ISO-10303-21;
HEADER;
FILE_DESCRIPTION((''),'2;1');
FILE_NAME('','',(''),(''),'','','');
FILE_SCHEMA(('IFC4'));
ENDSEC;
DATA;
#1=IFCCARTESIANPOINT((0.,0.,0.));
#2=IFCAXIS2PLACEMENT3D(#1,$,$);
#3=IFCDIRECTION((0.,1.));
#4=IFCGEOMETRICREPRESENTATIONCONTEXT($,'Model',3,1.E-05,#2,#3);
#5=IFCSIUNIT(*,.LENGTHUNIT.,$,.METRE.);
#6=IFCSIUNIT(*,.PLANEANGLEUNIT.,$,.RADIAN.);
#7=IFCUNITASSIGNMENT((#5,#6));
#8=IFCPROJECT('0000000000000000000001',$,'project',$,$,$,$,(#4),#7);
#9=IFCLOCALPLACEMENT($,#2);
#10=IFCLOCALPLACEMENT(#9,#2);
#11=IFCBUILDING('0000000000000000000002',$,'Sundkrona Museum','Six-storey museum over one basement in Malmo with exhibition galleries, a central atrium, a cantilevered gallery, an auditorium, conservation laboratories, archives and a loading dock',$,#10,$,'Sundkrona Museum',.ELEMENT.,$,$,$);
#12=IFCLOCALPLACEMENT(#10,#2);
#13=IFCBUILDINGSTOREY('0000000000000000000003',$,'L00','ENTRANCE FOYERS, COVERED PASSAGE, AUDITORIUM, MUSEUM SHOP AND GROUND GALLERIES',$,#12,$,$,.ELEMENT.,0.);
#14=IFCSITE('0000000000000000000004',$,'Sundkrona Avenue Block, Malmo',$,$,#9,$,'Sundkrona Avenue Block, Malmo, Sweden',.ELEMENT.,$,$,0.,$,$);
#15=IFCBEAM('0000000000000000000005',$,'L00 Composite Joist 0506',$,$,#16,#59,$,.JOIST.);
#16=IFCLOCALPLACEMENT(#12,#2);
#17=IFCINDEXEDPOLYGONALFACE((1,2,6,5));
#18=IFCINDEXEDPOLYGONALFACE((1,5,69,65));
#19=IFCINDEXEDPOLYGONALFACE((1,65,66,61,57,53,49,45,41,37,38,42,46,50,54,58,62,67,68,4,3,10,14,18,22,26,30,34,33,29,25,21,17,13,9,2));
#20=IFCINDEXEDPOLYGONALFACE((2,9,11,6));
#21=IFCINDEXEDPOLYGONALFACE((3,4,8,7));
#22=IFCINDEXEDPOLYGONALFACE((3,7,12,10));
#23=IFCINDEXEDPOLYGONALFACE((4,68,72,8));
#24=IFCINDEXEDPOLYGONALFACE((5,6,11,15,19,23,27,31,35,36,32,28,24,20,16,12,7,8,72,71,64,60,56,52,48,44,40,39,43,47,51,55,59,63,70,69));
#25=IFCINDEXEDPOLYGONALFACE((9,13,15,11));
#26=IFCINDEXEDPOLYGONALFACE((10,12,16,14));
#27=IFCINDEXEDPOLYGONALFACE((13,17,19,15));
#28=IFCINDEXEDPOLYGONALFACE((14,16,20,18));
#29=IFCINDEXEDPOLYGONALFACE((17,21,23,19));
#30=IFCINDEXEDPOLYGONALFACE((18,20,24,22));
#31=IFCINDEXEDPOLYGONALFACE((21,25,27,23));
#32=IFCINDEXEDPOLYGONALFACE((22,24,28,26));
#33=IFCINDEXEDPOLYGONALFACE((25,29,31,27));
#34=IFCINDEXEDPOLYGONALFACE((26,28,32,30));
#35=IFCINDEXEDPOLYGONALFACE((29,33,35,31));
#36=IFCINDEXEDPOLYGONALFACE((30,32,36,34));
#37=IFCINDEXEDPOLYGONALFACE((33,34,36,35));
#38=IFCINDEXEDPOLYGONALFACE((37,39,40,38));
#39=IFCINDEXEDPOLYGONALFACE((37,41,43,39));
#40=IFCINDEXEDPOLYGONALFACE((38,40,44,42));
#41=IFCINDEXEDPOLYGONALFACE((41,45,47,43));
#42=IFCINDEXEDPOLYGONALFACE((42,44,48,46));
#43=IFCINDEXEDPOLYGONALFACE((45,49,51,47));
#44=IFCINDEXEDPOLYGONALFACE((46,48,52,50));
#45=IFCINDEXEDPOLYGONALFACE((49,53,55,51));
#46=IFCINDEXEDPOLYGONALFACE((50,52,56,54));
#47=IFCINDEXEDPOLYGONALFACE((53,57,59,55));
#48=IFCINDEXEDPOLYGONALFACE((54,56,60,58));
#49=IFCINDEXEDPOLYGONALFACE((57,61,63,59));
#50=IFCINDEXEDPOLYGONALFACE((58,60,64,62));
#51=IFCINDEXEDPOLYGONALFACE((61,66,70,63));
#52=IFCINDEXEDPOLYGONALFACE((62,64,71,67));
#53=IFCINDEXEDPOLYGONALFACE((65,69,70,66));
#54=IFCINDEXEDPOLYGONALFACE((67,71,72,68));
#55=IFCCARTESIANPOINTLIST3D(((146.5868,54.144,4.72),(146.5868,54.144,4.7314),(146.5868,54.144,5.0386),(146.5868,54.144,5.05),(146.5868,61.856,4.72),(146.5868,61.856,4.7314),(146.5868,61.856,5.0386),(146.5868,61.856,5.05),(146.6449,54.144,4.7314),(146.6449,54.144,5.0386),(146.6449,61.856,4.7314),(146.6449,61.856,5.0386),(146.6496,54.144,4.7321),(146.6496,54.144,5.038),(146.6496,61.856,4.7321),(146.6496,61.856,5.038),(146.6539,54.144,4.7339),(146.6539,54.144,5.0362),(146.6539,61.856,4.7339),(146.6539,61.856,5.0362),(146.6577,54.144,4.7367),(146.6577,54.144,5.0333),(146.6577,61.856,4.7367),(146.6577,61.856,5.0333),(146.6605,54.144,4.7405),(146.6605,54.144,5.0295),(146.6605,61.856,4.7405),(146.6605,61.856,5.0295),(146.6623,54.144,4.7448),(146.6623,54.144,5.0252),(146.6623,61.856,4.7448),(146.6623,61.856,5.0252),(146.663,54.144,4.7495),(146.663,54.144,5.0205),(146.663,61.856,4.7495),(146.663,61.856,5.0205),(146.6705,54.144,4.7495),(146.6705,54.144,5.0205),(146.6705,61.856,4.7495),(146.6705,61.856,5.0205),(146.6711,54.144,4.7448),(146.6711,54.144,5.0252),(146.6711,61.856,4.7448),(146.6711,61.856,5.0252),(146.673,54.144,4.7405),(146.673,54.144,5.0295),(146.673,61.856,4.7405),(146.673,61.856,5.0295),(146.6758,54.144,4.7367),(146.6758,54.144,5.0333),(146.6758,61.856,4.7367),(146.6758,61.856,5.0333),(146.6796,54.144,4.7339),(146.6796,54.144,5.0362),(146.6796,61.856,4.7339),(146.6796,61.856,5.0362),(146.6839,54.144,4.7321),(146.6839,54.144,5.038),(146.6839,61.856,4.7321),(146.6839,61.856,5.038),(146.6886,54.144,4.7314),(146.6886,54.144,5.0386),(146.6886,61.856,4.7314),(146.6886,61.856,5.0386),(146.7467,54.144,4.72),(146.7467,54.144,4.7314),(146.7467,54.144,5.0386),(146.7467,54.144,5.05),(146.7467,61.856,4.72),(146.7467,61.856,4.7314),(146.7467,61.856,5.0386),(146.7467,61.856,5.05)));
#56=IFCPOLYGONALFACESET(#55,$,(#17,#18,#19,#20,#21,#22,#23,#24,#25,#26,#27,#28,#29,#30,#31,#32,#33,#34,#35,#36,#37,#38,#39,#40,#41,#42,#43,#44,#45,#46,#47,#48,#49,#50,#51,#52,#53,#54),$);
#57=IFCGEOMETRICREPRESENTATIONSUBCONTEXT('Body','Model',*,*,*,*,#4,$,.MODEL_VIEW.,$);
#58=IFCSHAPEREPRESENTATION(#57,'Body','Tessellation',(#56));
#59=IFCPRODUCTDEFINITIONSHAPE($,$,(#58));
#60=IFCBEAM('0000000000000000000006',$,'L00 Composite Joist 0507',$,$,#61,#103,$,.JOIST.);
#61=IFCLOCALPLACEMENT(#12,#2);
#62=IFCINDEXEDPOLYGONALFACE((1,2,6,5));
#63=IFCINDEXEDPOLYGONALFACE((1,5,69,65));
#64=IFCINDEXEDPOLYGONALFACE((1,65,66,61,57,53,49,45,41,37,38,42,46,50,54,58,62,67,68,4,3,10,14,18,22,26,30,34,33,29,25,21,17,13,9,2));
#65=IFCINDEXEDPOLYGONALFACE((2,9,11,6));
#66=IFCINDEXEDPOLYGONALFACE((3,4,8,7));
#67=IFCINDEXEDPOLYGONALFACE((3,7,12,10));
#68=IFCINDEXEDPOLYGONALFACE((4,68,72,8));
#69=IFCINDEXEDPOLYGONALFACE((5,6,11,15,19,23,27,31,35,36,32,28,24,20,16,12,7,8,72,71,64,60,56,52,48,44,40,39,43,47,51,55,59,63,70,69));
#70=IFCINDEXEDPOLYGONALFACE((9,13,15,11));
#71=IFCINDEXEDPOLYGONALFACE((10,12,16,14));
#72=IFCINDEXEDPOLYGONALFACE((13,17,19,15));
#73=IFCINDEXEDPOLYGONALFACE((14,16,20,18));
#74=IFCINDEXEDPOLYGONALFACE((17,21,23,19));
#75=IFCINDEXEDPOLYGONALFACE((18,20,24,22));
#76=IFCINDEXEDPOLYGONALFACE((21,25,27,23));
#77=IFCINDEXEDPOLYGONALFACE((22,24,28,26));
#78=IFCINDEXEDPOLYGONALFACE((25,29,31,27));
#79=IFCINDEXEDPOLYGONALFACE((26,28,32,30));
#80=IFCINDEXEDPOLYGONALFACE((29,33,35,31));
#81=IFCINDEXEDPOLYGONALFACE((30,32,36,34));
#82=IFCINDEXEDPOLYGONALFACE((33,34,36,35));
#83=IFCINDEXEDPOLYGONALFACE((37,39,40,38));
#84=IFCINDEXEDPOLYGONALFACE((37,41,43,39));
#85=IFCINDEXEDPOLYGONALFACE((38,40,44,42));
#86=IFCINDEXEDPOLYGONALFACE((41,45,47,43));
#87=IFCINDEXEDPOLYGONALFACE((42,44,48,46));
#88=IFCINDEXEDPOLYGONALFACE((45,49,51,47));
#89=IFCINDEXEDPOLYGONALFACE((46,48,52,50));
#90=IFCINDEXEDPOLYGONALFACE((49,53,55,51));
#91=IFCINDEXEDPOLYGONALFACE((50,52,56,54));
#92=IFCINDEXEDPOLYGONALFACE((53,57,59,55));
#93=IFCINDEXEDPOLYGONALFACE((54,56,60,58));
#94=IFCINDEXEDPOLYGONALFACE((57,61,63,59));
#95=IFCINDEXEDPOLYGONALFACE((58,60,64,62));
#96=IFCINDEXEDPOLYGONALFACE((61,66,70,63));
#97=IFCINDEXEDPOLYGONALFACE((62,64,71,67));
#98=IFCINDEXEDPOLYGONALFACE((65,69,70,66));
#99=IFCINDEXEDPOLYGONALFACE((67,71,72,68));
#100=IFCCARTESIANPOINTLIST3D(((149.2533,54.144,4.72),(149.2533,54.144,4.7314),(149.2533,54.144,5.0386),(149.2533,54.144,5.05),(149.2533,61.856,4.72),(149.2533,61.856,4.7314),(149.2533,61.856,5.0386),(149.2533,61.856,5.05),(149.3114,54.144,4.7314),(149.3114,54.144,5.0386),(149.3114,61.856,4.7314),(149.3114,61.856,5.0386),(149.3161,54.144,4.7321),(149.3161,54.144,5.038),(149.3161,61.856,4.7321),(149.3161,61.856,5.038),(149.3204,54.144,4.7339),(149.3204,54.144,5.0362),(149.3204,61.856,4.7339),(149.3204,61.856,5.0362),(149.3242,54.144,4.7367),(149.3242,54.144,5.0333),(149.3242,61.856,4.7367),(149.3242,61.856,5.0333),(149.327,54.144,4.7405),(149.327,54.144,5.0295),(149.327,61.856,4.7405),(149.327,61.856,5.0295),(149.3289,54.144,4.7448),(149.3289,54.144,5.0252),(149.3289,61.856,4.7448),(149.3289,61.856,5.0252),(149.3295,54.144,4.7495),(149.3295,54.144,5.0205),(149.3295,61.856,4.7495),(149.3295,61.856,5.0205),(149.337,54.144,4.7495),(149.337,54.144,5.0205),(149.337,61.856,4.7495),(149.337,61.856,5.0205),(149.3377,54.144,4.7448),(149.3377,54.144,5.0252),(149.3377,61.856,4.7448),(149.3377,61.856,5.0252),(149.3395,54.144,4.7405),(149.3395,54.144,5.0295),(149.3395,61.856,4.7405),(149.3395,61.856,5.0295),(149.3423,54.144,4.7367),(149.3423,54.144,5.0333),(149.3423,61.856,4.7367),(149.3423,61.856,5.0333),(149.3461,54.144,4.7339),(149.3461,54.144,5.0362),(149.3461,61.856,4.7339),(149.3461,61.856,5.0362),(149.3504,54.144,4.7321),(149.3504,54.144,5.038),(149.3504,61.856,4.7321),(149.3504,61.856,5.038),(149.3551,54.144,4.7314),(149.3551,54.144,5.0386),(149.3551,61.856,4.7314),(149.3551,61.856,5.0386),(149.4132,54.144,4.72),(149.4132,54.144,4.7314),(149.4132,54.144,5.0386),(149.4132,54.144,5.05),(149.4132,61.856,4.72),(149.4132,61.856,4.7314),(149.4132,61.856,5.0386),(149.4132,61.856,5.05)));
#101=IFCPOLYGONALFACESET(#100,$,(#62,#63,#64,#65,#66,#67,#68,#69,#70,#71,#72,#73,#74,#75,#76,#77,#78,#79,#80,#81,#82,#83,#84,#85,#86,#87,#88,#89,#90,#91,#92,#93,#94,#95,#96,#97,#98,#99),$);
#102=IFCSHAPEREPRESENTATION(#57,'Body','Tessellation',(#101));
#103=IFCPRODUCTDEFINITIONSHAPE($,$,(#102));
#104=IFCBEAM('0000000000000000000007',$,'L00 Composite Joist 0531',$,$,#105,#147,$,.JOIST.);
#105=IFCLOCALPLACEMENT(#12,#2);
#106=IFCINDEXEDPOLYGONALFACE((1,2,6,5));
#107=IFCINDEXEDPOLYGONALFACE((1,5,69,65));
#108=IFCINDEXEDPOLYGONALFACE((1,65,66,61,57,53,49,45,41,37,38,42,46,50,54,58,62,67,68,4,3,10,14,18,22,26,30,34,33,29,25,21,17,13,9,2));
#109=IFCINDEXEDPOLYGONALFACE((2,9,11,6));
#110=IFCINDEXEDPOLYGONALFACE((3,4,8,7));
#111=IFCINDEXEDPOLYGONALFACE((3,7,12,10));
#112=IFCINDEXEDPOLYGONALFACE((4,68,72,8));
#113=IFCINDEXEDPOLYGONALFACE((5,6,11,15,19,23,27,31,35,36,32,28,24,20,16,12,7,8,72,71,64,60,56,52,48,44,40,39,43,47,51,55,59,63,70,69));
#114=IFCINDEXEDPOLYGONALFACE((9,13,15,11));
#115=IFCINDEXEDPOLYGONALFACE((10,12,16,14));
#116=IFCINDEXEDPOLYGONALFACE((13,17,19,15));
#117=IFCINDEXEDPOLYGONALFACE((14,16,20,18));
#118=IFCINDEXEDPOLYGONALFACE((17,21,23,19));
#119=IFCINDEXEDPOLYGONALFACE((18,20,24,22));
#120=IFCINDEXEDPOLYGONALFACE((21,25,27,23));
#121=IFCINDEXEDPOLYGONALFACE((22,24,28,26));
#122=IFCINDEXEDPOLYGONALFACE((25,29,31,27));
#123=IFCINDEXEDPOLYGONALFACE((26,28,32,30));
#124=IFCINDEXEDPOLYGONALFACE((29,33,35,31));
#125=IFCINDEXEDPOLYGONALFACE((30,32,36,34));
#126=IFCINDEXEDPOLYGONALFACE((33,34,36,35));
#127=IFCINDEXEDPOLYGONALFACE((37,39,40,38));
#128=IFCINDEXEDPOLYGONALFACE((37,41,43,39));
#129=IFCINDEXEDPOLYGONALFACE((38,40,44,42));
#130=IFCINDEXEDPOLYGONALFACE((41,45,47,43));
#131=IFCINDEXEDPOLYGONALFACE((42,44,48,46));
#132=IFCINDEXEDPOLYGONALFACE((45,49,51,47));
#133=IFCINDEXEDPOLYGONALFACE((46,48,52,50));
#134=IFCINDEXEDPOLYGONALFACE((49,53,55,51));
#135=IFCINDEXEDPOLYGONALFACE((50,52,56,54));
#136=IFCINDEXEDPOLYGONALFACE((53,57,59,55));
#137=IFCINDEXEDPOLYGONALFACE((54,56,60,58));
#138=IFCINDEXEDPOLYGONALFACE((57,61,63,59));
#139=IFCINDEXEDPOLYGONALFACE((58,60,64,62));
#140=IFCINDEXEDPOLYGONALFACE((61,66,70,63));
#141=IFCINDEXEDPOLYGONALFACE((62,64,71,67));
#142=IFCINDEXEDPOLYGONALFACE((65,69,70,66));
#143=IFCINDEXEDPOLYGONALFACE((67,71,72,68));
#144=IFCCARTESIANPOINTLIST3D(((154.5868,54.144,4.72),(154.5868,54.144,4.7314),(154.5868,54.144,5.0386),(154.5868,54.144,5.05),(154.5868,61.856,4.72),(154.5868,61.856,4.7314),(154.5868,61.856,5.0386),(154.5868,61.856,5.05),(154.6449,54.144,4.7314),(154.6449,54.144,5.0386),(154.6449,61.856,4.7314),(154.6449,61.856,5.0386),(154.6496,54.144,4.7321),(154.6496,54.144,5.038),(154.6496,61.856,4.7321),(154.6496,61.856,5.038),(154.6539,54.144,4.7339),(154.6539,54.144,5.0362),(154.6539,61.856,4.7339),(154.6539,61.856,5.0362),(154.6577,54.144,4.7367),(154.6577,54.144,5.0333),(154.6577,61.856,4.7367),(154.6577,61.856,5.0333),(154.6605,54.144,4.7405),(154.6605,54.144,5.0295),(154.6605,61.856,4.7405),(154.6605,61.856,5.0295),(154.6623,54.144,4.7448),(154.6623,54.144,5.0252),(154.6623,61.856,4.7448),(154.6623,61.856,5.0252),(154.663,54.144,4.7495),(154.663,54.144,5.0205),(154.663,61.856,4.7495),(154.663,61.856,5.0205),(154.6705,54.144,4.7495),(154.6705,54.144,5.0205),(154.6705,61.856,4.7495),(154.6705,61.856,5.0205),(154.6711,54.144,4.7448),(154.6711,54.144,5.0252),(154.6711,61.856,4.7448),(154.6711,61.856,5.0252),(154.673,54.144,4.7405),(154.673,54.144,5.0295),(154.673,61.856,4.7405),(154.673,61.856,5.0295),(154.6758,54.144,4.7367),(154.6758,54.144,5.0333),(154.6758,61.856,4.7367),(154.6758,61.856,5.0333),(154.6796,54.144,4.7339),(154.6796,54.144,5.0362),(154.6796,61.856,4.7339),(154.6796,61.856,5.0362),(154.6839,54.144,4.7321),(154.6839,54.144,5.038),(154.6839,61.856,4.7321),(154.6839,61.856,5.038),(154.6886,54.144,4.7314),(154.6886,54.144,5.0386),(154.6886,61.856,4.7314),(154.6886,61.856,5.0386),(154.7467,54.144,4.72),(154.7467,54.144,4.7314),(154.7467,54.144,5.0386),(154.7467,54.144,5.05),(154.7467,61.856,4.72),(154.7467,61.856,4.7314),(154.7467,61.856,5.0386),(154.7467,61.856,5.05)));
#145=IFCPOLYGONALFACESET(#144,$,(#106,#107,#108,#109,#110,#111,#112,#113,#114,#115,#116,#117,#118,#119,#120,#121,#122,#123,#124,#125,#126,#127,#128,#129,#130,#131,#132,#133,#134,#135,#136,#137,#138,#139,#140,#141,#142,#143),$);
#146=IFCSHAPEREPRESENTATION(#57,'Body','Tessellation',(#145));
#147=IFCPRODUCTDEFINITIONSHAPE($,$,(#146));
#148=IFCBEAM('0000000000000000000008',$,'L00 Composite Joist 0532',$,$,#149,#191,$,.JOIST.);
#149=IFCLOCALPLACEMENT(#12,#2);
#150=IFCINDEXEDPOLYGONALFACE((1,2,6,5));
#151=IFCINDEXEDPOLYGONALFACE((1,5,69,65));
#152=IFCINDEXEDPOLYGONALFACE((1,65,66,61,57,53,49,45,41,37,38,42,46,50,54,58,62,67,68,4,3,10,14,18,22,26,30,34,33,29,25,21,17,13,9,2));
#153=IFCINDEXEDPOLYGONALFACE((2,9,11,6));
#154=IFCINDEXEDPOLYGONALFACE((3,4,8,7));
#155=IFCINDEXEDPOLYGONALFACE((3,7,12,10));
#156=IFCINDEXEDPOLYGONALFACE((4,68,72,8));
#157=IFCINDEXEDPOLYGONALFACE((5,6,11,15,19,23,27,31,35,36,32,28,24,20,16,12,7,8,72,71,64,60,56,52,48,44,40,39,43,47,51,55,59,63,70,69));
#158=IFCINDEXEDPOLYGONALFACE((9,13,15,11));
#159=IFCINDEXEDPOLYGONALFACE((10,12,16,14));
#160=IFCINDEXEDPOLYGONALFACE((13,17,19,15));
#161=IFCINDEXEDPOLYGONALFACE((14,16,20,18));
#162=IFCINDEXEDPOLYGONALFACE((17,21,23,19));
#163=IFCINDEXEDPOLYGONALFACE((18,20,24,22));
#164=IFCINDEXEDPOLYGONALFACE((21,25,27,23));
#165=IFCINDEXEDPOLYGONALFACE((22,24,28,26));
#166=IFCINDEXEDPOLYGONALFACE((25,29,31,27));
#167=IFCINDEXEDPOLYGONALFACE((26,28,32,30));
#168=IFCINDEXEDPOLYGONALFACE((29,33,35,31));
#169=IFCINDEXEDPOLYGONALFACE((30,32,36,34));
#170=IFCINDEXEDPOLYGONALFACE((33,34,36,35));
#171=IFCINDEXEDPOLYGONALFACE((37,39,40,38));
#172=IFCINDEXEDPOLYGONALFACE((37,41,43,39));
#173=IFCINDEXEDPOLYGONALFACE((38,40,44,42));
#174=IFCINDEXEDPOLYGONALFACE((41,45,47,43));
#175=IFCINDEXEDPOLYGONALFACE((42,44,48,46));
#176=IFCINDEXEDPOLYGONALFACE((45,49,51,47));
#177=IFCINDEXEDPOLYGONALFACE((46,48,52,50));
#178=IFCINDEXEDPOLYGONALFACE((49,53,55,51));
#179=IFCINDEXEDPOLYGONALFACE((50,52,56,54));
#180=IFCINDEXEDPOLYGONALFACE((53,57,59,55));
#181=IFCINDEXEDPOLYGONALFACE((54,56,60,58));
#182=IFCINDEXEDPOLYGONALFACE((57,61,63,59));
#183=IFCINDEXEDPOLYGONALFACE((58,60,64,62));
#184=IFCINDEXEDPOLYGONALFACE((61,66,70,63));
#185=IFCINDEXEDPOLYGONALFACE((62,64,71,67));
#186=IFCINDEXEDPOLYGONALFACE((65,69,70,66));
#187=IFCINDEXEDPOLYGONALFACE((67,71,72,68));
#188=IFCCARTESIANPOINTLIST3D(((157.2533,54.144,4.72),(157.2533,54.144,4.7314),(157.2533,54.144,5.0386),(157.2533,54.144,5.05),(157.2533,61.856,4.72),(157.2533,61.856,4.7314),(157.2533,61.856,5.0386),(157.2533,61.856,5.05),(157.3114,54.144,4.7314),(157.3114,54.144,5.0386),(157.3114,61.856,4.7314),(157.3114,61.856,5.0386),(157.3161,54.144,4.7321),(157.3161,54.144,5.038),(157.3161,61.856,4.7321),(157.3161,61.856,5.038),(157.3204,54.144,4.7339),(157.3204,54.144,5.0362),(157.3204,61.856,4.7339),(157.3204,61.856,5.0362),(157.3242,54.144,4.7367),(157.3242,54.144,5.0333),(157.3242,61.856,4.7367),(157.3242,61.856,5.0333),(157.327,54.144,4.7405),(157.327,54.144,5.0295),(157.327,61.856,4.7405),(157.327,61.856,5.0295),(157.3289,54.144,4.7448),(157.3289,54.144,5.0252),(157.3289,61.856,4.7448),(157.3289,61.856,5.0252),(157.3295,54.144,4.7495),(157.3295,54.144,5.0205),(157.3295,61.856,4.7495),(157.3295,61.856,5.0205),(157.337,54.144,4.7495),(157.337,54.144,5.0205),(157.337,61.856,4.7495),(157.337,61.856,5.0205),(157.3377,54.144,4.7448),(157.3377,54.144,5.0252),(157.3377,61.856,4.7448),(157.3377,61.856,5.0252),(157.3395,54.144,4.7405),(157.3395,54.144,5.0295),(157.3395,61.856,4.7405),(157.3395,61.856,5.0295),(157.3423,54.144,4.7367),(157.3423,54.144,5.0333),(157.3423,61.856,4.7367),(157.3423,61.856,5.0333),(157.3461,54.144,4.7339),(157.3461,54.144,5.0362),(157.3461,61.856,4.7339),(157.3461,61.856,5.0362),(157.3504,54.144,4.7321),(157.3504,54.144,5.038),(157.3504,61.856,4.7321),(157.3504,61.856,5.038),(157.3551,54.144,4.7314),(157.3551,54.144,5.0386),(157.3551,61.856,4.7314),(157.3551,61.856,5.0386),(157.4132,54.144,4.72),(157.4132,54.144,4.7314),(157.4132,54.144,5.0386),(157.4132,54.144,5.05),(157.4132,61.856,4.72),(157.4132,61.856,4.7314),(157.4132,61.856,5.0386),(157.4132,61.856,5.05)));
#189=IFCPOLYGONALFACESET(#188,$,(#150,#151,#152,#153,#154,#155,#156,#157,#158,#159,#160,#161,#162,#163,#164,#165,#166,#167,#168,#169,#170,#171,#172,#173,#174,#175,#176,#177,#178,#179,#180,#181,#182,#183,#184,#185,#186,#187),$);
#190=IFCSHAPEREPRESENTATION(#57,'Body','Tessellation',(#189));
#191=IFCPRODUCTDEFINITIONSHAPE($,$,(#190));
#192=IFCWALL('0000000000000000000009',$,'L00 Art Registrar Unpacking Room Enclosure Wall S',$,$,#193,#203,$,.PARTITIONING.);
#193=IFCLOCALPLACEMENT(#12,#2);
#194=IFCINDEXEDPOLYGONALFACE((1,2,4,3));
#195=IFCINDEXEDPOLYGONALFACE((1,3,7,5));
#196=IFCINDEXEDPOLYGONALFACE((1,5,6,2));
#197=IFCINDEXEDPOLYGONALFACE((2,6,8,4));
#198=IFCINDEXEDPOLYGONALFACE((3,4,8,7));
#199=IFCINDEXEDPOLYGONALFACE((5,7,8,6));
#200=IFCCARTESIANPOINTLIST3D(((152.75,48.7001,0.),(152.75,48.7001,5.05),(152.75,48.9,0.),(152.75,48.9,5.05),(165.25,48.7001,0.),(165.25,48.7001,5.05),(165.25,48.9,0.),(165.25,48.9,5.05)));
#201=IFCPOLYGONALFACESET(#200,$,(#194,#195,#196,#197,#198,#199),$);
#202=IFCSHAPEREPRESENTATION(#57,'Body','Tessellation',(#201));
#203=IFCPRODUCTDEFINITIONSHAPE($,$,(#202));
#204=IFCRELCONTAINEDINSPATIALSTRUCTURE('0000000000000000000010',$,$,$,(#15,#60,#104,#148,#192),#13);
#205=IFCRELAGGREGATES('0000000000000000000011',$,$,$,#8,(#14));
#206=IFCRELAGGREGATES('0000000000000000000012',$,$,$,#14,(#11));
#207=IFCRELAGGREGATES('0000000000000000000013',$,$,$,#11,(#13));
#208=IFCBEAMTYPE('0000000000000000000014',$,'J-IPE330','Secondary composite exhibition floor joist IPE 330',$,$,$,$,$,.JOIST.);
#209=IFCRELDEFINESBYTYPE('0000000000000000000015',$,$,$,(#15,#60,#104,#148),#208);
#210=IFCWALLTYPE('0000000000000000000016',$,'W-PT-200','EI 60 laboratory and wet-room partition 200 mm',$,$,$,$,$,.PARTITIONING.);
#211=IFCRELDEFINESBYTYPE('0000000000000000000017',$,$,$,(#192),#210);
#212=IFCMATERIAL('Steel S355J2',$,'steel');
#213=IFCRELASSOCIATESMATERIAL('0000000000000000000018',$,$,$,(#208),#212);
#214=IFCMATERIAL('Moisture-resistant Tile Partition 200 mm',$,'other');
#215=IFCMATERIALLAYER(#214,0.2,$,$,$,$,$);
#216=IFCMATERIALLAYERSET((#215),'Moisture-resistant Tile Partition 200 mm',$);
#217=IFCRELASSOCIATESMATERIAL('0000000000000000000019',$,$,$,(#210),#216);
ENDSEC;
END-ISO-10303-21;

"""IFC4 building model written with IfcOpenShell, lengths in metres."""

from ifc_helpers import new_model, si_unit, direction, frame, frame_2d, origin, origin_2d, place, context, subcontext, project, spatial, rectangle, i_section, extrude, material, layer, layer_set, material_profile, profile_set, type_object, element, save


model = new_model("IFC4")

# Units and contexts
model_context = context("Model", 3, precision=1e-05, world=origin(), true_north=direction((0.0, 1.0)))
body_context = subcontext(model_context, "Body", "Model", "MODEL_VIEW")
ifc_project = project(units=[si_unit("LENGTHUNIT", "METRE"), si_unit("PLANEANGLEUNIT", "RADIAN")], contexts=[model_context])

# Site, building, storey
site_placement = place(None, origin())
site = spatial("IfcSite", under=ifc_project, at=site_placement, Name="Sundkrona Avenue Block, Malmo", LongName="Sundkrona Avenue Block, Malmo, Sweden", CompositionType="ELEMENT", RefElevation=0.0)
building_placement = place(site_placement, origin())
building = spatial("IfcBuilding", under=site, at=building_placement, Name="Sundkrona Museum", Description="Six-storey museum over one basement in Malmo with exhibition galleries, a central atrium, a cantilevered gallery, an auditorium, conservation laboratories, archives and a loading dock", LongName="Sundkrona Museum", CompositionType="ELEMENT")
storey_placement = place(building_placement, origin())
storey = spatial("IfcBuildingStorey", under=building, at=storey_placement, Name="L00", Description="ENTRANCE FOYERS, COVERED PASSAGE, AUDITORIUM, MUSEUM SHOP AND GROUND GALLERIES", CompositionType="ELEMENT", Elevation=0.0)

# Shared definitions
ifc_material_1 = material(Name="Steel S355J2", Category="steel")

# Beams
ifc_material_profile_1 = material_profile(ifc_material_1, i_section(OverallWidth=0.1599, OverallDepth=0.3301, WebThickness=0.0076, FlangeThickness=0.0115, FilletRadius=0.0181, at=origin_2d()), Name="IPE 330")
ifc_profile_set_1 = profile_set([ifc_material_profile_1], Name="Steel S355J2")
beam_type_1 = type_object("IfcBeamType", Name="J-IPE330", Description="Secondary composite exhibition floor joist IPE 330", PredefinedType="JOIST", material=ifc_profile_set_1)
for number, where, z_axis, x_axis, name in (
    (1, (146.6667, 54.144, 4.885), (0.0, 1.0, 0.0), (-1.0, 0.0, 0.0), "L00 Composite Joist 0506"),
    (2, (149.3333, 54.144, 4.885), (0.0, 1.0, 0.0), (-1.0, 0.0, 0.0), "L00 Composite Joist 0507"),
    (3, (154.6667, 54.144, 4.885), (0.0, 1.0, 0.0), (-1.0, 0.0, 0.0), "L00 Composite Joist 0531"),
    (4, (157.3333, 54.144, 4.885), (0.0, 1.0, 0.0), (-1.0, 0.0, 0.0), "L00 Composite Joist 0532"),
):
    element("IfcBeam", number, at=place(storey_placement, frame(where, z_axis=z_axis, x_axis=x_axis)), inside=storey, type_object=beam_type_1, Name=name, PredefinedType="JOIST", context=body_context, shape_type="SweptSolid", body=[
        extrude(i_section(OverallWidth=0.1599, OverallDepth=0.3301, WebThickness=0.0076, FlangeThickness=0.0115, FilletRadius=0.0181, at=origin_2d()), origin(), (0.0, 0.0, 1.0), 7.7119),
    ])

# Wall
ifc_material_2 = material(Name="Moisture-resistant Tile Partition 200 mm", Category="other")
ifc_layer = layer(ifc_material_2, 0.2)
ifc_layer_set = layer_set([ifc_layer], Name="Moisture-resistant Tile Partition 200 mm")
wall_type = type_object("IfcWallType", Name="W-PT-200", Description="EI 60 laboratory and wet-room partition 200 mm", PredefinedType="PARTITIONING", material=ifc_layer_set)
wall_placement = place(storey_placement, frame((152.75, 48.8, 0.0), z_axis=(0.0, 0.0, 1.0), x_axis=(1.0, 0.0, 0.0)))
element("IfcWall", 5, at=wall_placement, inside=storey, type_object=wall_type, Name="L00 Art Registrar Unpacking Room Enclosure Wall S", PredefinedType="PARTITIONING", context=body_context, shape_type="SweptSolid", body=[
    extrude(rectangle(XDim=12.5, YDim=0.2, at=frame_2d((6.25, 0.0))), origin(), (0.0, 0.0, 1.0), 5.05),
])

save(model, "model.ifc")
